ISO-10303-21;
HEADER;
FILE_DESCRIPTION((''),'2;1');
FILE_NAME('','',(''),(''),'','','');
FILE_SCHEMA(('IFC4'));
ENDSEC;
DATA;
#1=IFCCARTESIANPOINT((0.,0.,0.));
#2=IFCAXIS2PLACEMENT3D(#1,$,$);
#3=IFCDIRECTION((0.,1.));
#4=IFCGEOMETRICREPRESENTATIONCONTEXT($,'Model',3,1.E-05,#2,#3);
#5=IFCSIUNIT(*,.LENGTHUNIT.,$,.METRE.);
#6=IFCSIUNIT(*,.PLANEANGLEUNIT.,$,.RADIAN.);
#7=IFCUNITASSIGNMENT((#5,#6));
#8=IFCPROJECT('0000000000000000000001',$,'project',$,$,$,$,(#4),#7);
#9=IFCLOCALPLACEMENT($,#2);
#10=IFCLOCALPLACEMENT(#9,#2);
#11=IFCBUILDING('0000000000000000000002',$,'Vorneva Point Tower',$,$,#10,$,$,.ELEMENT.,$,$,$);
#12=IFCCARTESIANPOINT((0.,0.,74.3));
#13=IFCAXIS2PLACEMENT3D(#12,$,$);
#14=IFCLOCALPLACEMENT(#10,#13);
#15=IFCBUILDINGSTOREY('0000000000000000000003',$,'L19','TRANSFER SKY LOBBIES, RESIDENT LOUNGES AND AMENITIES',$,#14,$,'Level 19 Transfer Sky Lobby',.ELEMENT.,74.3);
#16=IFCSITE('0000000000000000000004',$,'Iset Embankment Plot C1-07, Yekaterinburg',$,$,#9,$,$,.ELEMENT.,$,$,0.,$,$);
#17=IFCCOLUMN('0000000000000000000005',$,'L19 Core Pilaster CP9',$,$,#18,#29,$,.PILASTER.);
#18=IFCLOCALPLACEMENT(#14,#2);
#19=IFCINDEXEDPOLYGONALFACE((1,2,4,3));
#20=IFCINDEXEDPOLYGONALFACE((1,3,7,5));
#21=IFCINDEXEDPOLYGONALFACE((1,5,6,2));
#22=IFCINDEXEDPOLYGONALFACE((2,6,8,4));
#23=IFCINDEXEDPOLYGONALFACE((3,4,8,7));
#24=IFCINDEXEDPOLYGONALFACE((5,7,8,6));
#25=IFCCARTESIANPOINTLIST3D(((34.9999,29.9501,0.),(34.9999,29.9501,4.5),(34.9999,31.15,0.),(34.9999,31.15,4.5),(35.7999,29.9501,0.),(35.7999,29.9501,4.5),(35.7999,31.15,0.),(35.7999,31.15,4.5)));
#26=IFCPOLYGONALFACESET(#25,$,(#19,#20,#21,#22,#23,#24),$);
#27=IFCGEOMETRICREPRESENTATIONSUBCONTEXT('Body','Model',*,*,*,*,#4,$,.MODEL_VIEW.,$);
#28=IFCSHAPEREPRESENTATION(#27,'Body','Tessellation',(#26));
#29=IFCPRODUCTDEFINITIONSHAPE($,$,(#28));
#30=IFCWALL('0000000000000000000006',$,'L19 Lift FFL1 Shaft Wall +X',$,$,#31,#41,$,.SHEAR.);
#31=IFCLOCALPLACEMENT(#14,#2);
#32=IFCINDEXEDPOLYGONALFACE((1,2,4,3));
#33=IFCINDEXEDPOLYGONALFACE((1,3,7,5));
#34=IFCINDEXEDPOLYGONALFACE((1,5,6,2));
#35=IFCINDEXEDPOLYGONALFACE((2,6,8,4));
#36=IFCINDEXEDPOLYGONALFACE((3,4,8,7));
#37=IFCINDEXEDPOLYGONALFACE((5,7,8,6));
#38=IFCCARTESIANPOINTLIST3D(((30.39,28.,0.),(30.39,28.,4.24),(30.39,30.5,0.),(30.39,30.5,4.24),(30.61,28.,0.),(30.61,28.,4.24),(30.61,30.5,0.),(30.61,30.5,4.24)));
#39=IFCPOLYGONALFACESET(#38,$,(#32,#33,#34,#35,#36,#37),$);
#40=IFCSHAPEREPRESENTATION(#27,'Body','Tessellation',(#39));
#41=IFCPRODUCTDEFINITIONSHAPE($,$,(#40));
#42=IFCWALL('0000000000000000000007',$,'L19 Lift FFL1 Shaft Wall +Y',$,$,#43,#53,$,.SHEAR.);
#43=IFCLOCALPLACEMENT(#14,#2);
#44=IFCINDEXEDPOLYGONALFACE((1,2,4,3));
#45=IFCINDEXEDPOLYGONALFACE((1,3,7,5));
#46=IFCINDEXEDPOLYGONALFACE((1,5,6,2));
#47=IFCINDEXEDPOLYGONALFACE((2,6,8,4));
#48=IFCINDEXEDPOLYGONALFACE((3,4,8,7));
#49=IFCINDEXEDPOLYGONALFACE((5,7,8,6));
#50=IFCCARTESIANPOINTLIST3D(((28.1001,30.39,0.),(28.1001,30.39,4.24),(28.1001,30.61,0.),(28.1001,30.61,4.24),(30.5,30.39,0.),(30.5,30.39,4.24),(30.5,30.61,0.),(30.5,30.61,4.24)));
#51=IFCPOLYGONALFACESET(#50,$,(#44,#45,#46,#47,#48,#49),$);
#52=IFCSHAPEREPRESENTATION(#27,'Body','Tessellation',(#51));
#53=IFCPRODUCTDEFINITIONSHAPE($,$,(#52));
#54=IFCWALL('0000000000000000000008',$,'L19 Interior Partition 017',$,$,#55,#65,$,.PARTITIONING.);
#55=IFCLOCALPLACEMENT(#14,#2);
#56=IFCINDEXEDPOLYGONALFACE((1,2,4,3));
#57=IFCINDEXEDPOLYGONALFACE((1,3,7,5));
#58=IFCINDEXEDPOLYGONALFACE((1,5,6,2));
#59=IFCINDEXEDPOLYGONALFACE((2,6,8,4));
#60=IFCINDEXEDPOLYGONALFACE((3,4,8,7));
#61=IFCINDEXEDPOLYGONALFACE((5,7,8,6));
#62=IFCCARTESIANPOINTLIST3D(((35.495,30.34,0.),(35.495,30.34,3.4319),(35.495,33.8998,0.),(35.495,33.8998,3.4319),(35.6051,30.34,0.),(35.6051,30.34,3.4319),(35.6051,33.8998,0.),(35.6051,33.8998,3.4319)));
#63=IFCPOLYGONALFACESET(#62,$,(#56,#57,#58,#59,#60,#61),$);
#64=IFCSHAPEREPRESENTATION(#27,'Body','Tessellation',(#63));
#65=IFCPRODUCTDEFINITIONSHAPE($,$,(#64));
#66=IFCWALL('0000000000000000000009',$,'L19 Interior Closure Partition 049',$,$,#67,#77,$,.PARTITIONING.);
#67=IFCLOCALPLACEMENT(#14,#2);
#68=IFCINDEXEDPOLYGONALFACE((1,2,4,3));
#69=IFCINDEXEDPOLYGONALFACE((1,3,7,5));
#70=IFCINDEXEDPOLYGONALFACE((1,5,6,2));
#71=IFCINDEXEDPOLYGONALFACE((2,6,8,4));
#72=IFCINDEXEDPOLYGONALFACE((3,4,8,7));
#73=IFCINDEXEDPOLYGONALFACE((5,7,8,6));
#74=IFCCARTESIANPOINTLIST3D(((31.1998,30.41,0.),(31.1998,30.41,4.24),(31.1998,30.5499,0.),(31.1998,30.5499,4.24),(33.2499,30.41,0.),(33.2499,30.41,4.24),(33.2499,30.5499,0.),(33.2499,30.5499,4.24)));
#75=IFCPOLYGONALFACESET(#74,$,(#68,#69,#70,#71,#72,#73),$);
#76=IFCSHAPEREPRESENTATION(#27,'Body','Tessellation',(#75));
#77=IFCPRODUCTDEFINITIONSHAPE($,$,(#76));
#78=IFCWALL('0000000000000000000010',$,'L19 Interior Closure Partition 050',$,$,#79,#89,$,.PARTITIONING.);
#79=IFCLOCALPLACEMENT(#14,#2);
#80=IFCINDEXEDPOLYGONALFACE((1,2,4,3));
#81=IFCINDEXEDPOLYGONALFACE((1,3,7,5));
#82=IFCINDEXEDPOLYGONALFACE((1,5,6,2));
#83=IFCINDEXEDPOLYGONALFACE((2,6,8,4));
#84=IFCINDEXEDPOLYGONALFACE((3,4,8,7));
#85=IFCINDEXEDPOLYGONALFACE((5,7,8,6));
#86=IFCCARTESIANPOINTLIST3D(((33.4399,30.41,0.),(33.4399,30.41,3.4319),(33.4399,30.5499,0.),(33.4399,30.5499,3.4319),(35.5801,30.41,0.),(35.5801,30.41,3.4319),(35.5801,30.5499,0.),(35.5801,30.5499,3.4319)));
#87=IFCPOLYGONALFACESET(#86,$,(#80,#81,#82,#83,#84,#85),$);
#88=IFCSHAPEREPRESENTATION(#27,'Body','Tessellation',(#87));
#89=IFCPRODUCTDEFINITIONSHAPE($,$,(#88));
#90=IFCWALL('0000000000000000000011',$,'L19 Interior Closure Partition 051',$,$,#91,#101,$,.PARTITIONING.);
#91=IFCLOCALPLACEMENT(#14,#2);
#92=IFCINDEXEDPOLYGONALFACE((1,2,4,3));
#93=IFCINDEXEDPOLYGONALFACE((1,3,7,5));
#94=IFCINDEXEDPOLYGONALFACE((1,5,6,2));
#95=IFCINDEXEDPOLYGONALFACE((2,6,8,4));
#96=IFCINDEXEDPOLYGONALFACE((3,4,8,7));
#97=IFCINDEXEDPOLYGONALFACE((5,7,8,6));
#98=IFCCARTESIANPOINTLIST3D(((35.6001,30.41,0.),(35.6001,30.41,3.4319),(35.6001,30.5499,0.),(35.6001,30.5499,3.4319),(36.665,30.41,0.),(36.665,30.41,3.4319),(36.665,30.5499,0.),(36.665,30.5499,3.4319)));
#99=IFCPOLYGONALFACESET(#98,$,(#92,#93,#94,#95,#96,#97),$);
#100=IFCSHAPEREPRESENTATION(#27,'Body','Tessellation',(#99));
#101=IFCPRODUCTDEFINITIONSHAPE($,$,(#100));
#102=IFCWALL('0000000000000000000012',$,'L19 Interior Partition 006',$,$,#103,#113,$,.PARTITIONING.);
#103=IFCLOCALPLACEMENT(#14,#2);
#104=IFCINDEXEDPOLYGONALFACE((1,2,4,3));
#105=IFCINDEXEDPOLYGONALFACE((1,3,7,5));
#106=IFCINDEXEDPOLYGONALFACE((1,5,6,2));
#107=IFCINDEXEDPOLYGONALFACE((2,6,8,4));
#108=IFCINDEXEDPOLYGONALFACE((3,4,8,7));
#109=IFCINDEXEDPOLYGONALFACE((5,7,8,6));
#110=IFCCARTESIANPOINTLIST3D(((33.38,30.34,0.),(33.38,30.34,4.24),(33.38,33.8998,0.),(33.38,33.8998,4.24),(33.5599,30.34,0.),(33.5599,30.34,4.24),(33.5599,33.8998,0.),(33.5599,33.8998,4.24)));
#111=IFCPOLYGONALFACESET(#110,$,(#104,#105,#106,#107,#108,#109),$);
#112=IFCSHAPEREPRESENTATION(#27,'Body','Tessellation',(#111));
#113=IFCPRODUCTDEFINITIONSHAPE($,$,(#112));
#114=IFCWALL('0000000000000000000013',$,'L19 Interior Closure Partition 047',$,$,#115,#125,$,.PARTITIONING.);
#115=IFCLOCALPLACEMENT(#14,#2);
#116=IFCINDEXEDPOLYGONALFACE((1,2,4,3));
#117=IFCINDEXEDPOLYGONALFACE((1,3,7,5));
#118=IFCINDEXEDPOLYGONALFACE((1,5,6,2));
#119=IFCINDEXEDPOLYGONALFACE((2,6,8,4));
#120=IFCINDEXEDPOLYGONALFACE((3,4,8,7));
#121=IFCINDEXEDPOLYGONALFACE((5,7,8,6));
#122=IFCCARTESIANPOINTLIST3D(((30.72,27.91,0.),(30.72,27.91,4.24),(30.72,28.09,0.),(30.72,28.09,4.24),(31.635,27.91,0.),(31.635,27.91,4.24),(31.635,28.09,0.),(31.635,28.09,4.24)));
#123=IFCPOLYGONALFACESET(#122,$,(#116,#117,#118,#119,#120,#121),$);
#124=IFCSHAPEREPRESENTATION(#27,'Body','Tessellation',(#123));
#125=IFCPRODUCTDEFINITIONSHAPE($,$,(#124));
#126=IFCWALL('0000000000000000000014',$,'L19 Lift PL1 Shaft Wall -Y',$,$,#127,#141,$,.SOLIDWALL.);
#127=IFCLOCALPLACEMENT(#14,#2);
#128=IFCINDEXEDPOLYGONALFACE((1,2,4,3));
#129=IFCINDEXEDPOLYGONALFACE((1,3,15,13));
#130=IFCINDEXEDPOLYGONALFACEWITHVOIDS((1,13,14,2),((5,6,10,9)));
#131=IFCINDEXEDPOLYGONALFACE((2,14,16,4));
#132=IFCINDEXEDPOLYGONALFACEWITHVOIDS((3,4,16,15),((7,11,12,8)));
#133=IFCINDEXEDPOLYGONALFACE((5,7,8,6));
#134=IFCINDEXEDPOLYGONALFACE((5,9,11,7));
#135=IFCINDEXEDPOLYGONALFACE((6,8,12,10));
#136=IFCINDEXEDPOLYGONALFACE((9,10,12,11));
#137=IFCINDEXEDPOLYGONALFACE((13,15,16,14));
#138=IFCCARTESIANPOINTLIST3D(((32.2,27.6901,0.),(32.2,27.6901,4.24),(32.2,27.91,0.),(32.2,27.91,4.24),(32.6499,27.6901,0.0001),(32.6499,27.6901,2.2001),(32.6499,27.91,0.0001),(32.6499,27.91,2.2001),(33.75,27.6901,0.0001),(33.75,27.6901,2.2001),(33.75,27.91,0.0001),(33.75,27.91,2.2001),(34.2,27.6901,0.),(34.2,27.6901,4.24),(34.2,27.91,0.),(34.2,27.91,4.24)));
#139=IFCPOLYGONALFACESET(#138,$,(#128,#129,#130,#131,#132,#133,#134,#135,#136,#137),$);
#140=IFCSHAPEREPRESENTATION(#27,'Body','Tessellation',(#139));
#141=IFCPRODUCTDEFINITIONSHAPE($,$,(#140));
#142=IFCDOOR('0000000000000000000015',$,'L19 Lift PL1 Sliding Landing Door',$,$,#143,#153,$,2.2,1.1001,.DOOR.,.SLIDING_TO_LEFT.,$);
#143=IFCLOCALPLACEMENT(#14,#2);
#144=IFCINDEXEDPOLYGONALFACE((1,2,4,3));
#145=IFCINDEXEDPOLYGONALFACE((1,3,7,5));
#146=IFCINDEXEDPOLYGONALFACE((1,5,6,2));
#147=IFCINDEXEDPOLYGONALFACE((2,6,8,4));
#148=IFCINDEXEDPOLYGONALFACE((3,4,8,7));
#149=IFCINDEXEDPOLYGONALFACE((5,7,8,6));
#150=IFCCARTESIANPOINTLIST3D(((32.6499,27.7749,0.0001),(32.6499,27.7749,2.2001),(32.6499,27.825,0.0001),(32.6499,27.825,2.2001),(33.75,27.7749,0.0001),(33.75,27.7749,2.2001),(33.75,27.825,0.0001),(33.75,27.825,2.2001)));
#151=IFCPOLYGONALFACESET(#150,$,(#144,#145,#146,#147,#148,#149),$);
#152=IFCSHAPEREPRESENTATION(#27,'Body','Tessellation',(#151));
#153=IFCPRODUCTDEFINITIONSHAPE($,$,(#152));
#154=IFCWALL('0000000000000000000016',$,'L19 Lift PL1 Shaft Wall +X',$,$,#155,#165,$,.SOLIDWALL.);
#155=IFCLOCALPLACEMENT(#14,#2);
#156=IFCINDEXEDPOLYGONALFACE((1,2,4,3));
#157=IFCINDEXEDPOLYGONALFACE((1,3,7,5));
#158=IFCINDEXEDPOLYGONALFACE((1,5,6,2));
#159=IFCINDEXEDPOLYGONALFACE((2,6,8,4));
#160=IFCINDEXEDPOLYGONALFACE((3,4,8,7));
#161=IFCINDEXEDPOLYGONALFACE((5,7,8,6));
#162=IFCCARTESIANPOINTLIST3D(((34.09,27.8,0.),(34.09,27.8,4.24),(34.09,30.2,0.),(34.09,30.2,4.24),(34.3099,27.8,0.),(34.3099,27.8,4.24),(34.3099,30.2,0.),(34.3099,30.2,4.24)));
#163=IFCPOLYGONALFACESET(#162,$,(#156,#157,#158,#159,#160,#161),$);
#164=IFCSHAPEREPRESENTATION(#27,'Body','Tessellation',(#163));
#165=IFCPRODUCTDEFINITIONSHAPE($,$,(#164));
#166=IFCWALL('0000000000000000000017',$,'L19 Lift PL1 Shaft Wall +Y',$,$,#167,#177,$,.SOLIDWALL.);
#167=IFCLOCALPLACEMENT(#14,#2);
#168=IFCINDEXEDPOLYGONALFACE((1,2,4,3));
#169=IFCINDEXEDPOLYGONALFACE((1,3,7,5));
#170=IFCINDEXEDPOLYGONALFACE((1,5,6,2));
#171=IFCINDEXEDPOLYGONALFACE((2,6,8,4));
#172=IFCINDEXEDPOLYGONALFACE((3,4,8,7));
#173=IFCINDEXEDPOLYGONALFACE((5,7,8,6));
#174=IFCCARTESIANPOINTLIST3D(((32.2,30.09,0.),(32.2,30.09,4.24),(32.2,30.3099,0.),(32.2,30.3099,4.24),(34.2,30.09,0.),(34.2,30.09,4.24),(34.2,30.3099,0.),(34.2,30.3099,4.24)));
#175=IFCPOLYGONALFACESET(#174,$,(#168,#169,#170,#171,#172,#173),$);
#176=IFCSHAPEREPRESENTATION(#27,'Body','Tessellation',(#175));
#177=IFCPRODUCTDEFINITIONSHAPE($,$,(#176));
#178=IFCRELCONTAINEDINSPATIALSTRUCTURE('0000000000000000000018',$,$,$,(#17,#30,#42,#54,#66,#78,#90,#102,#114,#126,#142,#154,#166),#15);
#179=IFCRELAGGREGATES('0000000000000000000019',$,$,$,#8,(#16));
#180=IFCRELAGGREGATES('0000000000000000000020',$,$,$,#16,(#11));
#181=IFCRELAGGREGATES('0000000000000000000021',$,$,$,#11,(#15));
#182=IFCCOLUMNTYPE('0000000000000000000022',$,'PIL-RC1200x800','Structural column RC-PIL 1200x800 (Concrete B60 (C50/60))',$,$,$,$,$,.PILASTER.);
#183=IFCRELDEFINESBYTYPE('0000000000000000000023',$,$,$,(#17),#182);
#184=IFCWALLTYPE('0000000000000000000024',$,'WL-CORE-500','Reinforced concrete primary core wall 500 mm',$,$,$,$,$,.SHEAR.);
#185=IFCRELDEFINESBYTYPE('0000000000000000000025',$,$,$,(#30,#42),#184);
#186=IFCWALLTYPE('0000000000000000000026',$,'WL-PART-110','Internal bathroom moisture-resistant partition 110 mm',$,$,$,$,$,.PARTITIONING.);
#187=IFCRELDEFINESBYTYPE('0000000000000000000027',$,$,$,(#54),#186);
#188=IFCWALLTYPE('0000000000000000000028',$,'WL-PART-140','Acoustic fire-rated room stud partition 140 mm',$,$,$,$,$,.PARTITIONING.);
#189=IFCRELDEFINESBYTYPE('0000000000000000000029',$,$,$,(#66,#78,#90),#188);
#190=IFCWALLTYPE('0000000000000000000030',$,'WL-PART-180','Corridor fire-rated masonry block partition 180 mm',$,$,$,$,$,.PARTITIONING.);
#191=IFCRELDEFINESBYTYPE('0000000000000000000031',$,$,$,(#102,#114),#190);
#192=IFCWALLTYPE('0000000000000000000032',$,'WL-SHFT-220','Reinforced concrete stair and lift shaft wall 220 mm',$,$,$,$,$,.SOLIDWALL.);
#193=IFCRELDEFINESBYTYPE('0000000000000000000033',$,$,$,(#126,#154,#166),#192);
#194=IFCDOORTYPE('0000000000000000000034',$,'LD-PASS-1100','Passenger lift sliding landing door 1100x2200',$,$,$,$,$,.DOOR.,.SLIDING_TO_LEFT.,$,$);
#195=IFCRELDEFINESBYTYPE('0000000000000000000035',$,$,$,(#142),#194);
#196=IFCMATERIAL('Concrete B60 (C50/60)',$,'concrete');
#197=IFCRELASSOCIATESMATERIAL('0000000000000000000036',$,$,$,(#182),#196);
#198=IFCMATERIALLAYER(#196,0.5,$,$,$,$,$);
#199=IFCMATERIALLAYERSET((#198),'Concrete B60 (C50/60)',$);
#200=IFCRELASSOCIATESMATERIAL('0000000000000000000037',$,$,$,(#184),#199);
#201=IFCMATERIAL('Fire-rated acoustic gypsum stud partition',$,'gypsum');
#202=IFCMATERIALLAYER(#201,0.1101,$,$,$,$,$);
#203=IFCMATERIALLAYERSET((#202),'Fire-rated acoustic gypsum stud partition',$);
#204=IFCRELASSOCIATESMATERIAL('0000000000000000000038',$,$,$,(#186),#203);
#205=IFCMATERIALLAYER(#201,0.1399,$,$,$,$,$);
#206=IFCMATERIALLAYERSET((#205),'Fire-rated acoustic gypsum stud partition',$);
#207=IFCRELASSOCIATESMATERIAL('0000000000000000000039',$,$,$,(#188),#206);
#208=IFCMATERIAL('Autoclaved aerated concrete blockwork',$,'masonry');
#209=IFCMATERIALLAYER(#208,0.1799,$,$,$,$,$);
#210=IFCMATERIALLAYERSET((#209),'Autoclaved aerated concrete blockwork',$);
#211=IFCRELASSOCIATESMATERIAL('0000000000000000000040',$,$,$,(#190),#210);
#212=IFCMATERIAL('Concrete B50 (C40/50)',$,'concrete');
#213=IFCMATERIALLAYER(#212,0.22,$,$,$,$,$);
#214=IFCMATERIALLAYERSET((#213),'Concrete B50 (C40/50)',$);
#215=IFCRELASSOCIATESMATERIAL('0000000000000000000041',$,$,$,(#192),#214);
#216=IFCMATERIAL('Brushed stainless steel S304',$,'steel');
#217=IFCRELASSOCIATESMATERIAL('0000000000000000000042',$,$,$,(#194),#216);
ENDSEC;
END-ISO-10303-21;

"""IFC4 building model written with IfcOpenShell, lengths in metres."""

from ifc_helpers import new_model, si_unit, direction, frame, frame_2d, origin, origin_2d, place, context, subcontext, project, spatial, rectangle, extrude, material, layer, layer_set, material_profile, profile_set, type_object, element, fill, save


model = new_model("IFC4")

# Units and contexts
model_context = context("Model", 3, precision=1e-05, world=origin(), true_north=direction((0.0, 1.0)))
body_context = subcontext(model_context, "Body", "Model", "MODEL_VIEW")
ifc_project = project(units=[si_unit("LENGTHUNIT", "METRE"), si_unit("PLANEANGLEUNIT", "RADIAN")], contexts=[model_context])

# Site, building, storey
site_placement = place(None, origin())
site = spatial("IfcSite", under=ifc_project, at=site_placement, Name="Iset Embankment Plot C1-07, Yekaterinburg", CompositionType="ELEMENT", RefElevation=0.0)
building_placement = place(site_placement, origin())
building = spatial("IfcBuilding", under=site, at=building_placement, Name="Vorneva Point Tower", CompositionType="ELEMENT")
storey_placement = place(building_placement, frame((0.0, 0.0, 74.3)))
storey = spatial("IfcBuildingStorey", under=building, at=storey_placement, Name="L19", Description="TRANSFER SKY LOBBIES, RESIDENT LOUNGES AND AMENITIES", LongName="Level 19 Transfer Sky Lobby", CompositionType="ELEMENT", Elevation=74.3)

# Column
ifc_material_1 = material(Name="Concrete B60 (C50/60)", Category="concrete")
ifc_material_profile = material_profile(ifc_material_1, rectangle(XDim=0.8, YDim=1.2, at=origin_2d()), Name="RC-PIL 1200x800")
ifc_profile_set = profile_set([ifc_material_profile], Name="Concrete B60 (C50/60)")
column_type = type_object("IfcColumnType", Name="PIL-RC1200x800", Description="Structural column RC-PIL 1200x800 (Concrete B60 (C50/60))", PredefinedType="PILASTER", material=ifc_profile_set)
column_placement = place(storey_placement, frame((35.3999, 30.55, 0.0), z_axis=(0.0, 0.0, 1.0), x_axis=(1.0, 0.0, 0.0)))
element("IfcColumn", 1, at=column_placement, inside=storey, type_object=column_type, Name="L19 Core Pilaster CP9", PredefinedType="PILASTER", context=body_context, shape_type="SweptSolid", body=[
    extrude(rectangle(XDim=0.8, YDim=1.2, at=origin_2d()), origin(), (0.0, 0.0, 1.0), 4.5),
])

# Walls
ifc_layer_1 = layer(ifc_material_1, 0.5)
ifc_layer_set_1 = layer_set([ifc_layer_1], Name="Concrete B60 (C50/60)")
wall_type_1 = type_object("IfcWallType", Name="WL-CORE-500", Description="Reinforced concrete primary core wall 500 mm", PredefinedType="SHEAR", material=ifc_layer_set_1)
wall_1_placement = place(storey_placement, frame((30.5, 28.0, 0.0), z_axis=(0.0, 0.0, 1.0), x_axis=(0.0, 1.0, 0.0)))
element("IfcWall", 2, at=wall_1_placement, inside=storey, type_object=wall_type_1, Name="L19 Lift FFL1 Shaft Wall +X", PredefinedType="SHEAR", context=body_context, shape_type="SweptSolid", body=[
    extrude(rectangle(XDim=2.5, YDim=0.22, at=frame_2d((1.25, 0.0))), origin(), (0.0, 0.0, 1.0), 4.24),
])
wall_2_placement = place(storey_placement, frame((30.5, 30.5, 0.0), z_axis=(0.0, 0.0, 1.0), x_axis=(-1.0, 0.0, 0.0)))
element("IfcWall", 3, at=wall_2_placement, inside=storey, type_object=wall_type_1, Name="L19 Lift FFL1 Shaft Wall +Y", PredefinedType="SHEAR", context=body_context, shape_type="SweptSolid", body=[
    extrude(rectangle(XDim=2.3999, YDim=0.22, at=frame_2d((1.2, 0.0))), origin(), (0.0, 0.0, 1.0), 4.24),
])
ifc_material_2 = material(Name="Fire-rated acoustic gypsum stud partition", Category="gypsum")
ifc_layer_2 = layer(ifc_material_2, 0.1101)
ifc_layer_set_2 = layer_set([ifc_layer_2], Name="Fire-rated acoustic gypsum stud partition")
wall_type_2 = type_object("IfcWallType", Name="WL-PART-110", Description="Internal bathroom moisture-resistant partition 110 mm", PredefinedType="PARTITIONING", material=ifc_layer_set_2)
wall_3_placement = place(storey_placement, frame((35.55, 30.3401, 0.0), z_axis=(0.0, 0.0, 1.0), x_axis=(0.0, 1.0, 0.0)))
element("IfcWall", 4, at=wall_3_placement, inside=storey, type_object=wall_type_2, Name="L19 Interior Partition 017", PredefinedType="PARTITIONING", context=body_context, shape_type="SweptSolid", body=[
    extrude(rectangle(XDim=3.5598, YDim=0.1101, at=frame_2d((1.7798, 0.0))), origin(), (0.0, 0.0, 1.0), 3.4319),
])
ifc_layer_3 = layer(ifc_material_2, 0.1399)
ifc_layer_set_3 = layer_set([ifc_layer_3], Name="Fire-rated acoustic gypsum stud partition")
wall_type_3 = type_object("IfcWallType", Name="WL-PART-140", Description="Acoustic fire-rated room stud partition 140 mm", PredefinedType="PARTITIONING", material=ifc_layer_set_3)
wall_4_placement = place(storey_placement, frame((31.2, 30.48, 0.0), z_axis=(0.0, 0.0, 1.0), x_axis=(1.0, 0.0, 0.0)))
element("IfcWall", 5, at=wall_4_placement, inside=storey, type_object=wall_type_3, Name="L19 Interior Closure Partition 049", PredefinedType="PARTITIONING", context=body_context, shape_type="SweptSolid", body=[
    extrude(rectangle(XDim=2.05, YDim=0.1399, at=frame_2d((1.0249, 0.0))), origin(), (0.0, 0.0, 1.0), 4.24),
])
wall_5_placement = place(storey_placement, frame((33.4399, 30.48, 0.0), z_axis=(0.0, 0.0, 1.0), x_axis=(1.0, 0.0, 0.0)))
element("IfcWall", 6, at=wall_5_placement, inside=storey, type_object=wall_type_3, Name="L19 Interior Closure Partition 050", PredefinedType="PARTITIONING", context=body_context, shape_type="SweptSolid", body=[
    extrude(rectangle(XDim=2.1401, YDim=0.1399, at=frame_2d((1.0701, 0.0))), origin(), (0.0, 0.0, 1.0), 3.4319),
])
wall_6_placement = place(storey_placement, frame((35.6001, 30.48, 0.0), z_axis=(0.0, 0.0, 1.0), x_axis=(1.0, 0.0, 0.0)))
element("IfcWall", 7, at=wall_6_placement, inside=storey, type_object=wall_type_3, Name="L19 Interior Closure Partition 051", PredefinedType="PARTITIONING", context=body_context, shape_type="SweptSolid", body=[
    extrude(rectangle(XDim=1.0649, YDim=0.1399, at=frame_2d((0.5325, 0.0))), origin(), (0.0, 0.0, 1.0), 3.4319),
])
ifc_material_3 = material(Name="Autoclaved aerated concrete blockwork", Category="masonry")
ifc_layer_4 = layer(ifc_material_3, 0.1799)
ifc_layer_set_4 = layer_set([ifc_layer_4], Name="Autoclaved aerated concrete blockwork")
wall_type_4 = type_object("IfcWallType", Name="WL-PART-180", Description="Corridor fire-rated masonry block partition 180 mm", PredefinedType="PARTITIONING", material=ifc_layer_set_4)
wall_7_placement = place(storey_placement, frame((33.47, 30.3401, 0.0), z_axis=(0.0, 0.0, 1.0), x_axis=(0.0, 1.0, 0.0)))
element("IfcWall", 8, at=wall_7_placement, inside=storey, type_object=wall_type_4, Name="L19 Interior Partition 006", PredefinedType="PARTITIONING", context=body_context, shape_type="SweptSolid", body=[
    extrude(rectangle(XDim=3.5598, YDim=0.1799, at=frame_2d((1.7798, 0.0))), origin(), (0.0, 0.0, 1.0), 4.24),
])
wall_8_placement = place(storey_placement, frame((31.635, 28.0, 0.0), z_axis=(0.0, 0.0, 1.0), x_axis=(-1.0, 0.0, 0.0)))
element("IfcWall", 9, at=wall_8_placement, inside=storey, type_object=wall_type_4, Name="L19 Interior Closure Partition 047", PredefinedType="PARTITIONING", context=body_context, shape_type="SweptSolid", body=[
    extrude(rectangle(XDim=0.915, YDim=0.1799, at=frame_2d((0.4575, 0.0))), origin(), (0.0, 0.0, 1.0), 4.24),
])

# Wall, opening, door
ifc_material_4 = material(Name="Concrete B50 (C40/50)", Category="concrete")
ifc_layer_5 = layer(ifc_material_4, 0.22)
ifc_layer_set_5 = layer_set([ifc_layer_5], Name="Concrete B50 (C40/50)")
wall_type_5 = type_object("IfcWallType", Name="WL-SHFT-220", Description="Reinforced concrete stair and lift shaft wall 220 mm", PredefinedType="SOLIDWALL", material=ifc_layer_set_5)
wall_9_placement = place(storey_placement, frame((32.2, 27.8, 0.0), z_axis=(0.0, 0.0, 1.0), x_axis=(1.0, 0.0, 0.0)))
wall_9 = element("IfcWall", 10, at=wall_9_placement, inside=storey, type_object=wall_type_5, Name="L19 Lift PL1 Shaft Wall -Y", PredefinedType="SOLIDWALL", context=body_context, shape_type="SweptSolid", body=[
    extrude(rectangle(XDim=2.0, YDim=0.22, at=frame_2d((1.0, 0.0))), origin(), (0.0, 0.0, 1.0), 4.24),
])
opening_1_placement = place(wall_9_placement, frame((0.45, 0.0, 0.0)))
opening_1 = element("IfcOpeningElement", 11, at=opening_1_placement, cuts=wall_9, PredefinedType="OPENING", context=body_context, shape_type="SweptSolid", body=[
    extrude(rectangle(XDim=1.1001, YDim=2.2, at=frame_2d((0.55, 1.1001))), frame((0.0, 0.125, 0.0), z_axis=(0.0, -1.0, 0.0), x_axis=(1.0, 0.0, 0.0)), (0.0, 0.0, 1.0), 0.2498),
])
ifc_material_5 = material(Name="Brushed stainless steel S304", Category="steel")
door_type = type_object("IfcDoorType", Name="LD-PASS-1100", Description="Passenger lift sliding landing door 1100x2200", OperationType="SLIDING_TO_LEFT", PredefinedType="DOOR", material=ifc_material_5)
door_1_placement = place(opening_1_placement, origin())
door_1 = element("IfcDoor", 12, at=door_1_placement, inside=storey, type_object=door_type, Name="L19 Lift PL1 Sliding Landing Door", OperationType="SLIDING_TO_LEFT", OverallHeight=2.2, OverallWidth=1.1001, PredefinedType="DOOR", context=body_context, shape_type="SweptSolid", body=[
    extrude(rectangle(XDim=1.1001, YDim=2.2, at=frame_2d((0.55, 1.1001))), frame((0.0, 0.0249, 0.0), z_axis=(0.0, -1.0, 0.0), x_axis=(1.0, 0.0, 0.0)), (0.0, 0.0, 1.0), 0.05),
])
fill(opening_1, door_1)

# Walls
wall_10_placement = place(storey_placement, frame((34.2, 27.8, 0.0), z_axis=(0.0, 0.0, 1.0), x_axis=(0.0, 1.0, 0.0)))
element("IfcWall", 13, at=wall_10_placement, inside=storey, type_object=wall_type_5, Name="L19 Lift PL1 Shaft Wall +X", PredefinedType="SOLIDWALL", context=body_context, shape_type="SweptSolid", body=[
    extrude(rectangle(XDim=2.3999, YDim=0.22, at=frame_2d((1.2, 0.0))), origin(), (0.0, 0.0, 1.0), 4.24),
])
wall_11_placement = place(storey_placement, frame((34.2, 30.2, 0.0), z_axis=(0.0, 0.0, 1.0), x_axis=(-1.0, 0.0, 0.0)))
element("IfcWall", 14, at=wall_11_placement, inside=storey, type_object=wall_type_5, Name="L19 Lift PL1 Shaft Wall +Y", PredefinedType="SOLIDWALL", context=body_context, shape_type="SweptSolid", body=[
    extrude(rectangle(XDim=2.0, YDim=0.22, at=frame_2d((1.0, 0.0))), origin(), (0.0, 0.0, 1.0), 4.24),
])

save(model, "model.ifc")
